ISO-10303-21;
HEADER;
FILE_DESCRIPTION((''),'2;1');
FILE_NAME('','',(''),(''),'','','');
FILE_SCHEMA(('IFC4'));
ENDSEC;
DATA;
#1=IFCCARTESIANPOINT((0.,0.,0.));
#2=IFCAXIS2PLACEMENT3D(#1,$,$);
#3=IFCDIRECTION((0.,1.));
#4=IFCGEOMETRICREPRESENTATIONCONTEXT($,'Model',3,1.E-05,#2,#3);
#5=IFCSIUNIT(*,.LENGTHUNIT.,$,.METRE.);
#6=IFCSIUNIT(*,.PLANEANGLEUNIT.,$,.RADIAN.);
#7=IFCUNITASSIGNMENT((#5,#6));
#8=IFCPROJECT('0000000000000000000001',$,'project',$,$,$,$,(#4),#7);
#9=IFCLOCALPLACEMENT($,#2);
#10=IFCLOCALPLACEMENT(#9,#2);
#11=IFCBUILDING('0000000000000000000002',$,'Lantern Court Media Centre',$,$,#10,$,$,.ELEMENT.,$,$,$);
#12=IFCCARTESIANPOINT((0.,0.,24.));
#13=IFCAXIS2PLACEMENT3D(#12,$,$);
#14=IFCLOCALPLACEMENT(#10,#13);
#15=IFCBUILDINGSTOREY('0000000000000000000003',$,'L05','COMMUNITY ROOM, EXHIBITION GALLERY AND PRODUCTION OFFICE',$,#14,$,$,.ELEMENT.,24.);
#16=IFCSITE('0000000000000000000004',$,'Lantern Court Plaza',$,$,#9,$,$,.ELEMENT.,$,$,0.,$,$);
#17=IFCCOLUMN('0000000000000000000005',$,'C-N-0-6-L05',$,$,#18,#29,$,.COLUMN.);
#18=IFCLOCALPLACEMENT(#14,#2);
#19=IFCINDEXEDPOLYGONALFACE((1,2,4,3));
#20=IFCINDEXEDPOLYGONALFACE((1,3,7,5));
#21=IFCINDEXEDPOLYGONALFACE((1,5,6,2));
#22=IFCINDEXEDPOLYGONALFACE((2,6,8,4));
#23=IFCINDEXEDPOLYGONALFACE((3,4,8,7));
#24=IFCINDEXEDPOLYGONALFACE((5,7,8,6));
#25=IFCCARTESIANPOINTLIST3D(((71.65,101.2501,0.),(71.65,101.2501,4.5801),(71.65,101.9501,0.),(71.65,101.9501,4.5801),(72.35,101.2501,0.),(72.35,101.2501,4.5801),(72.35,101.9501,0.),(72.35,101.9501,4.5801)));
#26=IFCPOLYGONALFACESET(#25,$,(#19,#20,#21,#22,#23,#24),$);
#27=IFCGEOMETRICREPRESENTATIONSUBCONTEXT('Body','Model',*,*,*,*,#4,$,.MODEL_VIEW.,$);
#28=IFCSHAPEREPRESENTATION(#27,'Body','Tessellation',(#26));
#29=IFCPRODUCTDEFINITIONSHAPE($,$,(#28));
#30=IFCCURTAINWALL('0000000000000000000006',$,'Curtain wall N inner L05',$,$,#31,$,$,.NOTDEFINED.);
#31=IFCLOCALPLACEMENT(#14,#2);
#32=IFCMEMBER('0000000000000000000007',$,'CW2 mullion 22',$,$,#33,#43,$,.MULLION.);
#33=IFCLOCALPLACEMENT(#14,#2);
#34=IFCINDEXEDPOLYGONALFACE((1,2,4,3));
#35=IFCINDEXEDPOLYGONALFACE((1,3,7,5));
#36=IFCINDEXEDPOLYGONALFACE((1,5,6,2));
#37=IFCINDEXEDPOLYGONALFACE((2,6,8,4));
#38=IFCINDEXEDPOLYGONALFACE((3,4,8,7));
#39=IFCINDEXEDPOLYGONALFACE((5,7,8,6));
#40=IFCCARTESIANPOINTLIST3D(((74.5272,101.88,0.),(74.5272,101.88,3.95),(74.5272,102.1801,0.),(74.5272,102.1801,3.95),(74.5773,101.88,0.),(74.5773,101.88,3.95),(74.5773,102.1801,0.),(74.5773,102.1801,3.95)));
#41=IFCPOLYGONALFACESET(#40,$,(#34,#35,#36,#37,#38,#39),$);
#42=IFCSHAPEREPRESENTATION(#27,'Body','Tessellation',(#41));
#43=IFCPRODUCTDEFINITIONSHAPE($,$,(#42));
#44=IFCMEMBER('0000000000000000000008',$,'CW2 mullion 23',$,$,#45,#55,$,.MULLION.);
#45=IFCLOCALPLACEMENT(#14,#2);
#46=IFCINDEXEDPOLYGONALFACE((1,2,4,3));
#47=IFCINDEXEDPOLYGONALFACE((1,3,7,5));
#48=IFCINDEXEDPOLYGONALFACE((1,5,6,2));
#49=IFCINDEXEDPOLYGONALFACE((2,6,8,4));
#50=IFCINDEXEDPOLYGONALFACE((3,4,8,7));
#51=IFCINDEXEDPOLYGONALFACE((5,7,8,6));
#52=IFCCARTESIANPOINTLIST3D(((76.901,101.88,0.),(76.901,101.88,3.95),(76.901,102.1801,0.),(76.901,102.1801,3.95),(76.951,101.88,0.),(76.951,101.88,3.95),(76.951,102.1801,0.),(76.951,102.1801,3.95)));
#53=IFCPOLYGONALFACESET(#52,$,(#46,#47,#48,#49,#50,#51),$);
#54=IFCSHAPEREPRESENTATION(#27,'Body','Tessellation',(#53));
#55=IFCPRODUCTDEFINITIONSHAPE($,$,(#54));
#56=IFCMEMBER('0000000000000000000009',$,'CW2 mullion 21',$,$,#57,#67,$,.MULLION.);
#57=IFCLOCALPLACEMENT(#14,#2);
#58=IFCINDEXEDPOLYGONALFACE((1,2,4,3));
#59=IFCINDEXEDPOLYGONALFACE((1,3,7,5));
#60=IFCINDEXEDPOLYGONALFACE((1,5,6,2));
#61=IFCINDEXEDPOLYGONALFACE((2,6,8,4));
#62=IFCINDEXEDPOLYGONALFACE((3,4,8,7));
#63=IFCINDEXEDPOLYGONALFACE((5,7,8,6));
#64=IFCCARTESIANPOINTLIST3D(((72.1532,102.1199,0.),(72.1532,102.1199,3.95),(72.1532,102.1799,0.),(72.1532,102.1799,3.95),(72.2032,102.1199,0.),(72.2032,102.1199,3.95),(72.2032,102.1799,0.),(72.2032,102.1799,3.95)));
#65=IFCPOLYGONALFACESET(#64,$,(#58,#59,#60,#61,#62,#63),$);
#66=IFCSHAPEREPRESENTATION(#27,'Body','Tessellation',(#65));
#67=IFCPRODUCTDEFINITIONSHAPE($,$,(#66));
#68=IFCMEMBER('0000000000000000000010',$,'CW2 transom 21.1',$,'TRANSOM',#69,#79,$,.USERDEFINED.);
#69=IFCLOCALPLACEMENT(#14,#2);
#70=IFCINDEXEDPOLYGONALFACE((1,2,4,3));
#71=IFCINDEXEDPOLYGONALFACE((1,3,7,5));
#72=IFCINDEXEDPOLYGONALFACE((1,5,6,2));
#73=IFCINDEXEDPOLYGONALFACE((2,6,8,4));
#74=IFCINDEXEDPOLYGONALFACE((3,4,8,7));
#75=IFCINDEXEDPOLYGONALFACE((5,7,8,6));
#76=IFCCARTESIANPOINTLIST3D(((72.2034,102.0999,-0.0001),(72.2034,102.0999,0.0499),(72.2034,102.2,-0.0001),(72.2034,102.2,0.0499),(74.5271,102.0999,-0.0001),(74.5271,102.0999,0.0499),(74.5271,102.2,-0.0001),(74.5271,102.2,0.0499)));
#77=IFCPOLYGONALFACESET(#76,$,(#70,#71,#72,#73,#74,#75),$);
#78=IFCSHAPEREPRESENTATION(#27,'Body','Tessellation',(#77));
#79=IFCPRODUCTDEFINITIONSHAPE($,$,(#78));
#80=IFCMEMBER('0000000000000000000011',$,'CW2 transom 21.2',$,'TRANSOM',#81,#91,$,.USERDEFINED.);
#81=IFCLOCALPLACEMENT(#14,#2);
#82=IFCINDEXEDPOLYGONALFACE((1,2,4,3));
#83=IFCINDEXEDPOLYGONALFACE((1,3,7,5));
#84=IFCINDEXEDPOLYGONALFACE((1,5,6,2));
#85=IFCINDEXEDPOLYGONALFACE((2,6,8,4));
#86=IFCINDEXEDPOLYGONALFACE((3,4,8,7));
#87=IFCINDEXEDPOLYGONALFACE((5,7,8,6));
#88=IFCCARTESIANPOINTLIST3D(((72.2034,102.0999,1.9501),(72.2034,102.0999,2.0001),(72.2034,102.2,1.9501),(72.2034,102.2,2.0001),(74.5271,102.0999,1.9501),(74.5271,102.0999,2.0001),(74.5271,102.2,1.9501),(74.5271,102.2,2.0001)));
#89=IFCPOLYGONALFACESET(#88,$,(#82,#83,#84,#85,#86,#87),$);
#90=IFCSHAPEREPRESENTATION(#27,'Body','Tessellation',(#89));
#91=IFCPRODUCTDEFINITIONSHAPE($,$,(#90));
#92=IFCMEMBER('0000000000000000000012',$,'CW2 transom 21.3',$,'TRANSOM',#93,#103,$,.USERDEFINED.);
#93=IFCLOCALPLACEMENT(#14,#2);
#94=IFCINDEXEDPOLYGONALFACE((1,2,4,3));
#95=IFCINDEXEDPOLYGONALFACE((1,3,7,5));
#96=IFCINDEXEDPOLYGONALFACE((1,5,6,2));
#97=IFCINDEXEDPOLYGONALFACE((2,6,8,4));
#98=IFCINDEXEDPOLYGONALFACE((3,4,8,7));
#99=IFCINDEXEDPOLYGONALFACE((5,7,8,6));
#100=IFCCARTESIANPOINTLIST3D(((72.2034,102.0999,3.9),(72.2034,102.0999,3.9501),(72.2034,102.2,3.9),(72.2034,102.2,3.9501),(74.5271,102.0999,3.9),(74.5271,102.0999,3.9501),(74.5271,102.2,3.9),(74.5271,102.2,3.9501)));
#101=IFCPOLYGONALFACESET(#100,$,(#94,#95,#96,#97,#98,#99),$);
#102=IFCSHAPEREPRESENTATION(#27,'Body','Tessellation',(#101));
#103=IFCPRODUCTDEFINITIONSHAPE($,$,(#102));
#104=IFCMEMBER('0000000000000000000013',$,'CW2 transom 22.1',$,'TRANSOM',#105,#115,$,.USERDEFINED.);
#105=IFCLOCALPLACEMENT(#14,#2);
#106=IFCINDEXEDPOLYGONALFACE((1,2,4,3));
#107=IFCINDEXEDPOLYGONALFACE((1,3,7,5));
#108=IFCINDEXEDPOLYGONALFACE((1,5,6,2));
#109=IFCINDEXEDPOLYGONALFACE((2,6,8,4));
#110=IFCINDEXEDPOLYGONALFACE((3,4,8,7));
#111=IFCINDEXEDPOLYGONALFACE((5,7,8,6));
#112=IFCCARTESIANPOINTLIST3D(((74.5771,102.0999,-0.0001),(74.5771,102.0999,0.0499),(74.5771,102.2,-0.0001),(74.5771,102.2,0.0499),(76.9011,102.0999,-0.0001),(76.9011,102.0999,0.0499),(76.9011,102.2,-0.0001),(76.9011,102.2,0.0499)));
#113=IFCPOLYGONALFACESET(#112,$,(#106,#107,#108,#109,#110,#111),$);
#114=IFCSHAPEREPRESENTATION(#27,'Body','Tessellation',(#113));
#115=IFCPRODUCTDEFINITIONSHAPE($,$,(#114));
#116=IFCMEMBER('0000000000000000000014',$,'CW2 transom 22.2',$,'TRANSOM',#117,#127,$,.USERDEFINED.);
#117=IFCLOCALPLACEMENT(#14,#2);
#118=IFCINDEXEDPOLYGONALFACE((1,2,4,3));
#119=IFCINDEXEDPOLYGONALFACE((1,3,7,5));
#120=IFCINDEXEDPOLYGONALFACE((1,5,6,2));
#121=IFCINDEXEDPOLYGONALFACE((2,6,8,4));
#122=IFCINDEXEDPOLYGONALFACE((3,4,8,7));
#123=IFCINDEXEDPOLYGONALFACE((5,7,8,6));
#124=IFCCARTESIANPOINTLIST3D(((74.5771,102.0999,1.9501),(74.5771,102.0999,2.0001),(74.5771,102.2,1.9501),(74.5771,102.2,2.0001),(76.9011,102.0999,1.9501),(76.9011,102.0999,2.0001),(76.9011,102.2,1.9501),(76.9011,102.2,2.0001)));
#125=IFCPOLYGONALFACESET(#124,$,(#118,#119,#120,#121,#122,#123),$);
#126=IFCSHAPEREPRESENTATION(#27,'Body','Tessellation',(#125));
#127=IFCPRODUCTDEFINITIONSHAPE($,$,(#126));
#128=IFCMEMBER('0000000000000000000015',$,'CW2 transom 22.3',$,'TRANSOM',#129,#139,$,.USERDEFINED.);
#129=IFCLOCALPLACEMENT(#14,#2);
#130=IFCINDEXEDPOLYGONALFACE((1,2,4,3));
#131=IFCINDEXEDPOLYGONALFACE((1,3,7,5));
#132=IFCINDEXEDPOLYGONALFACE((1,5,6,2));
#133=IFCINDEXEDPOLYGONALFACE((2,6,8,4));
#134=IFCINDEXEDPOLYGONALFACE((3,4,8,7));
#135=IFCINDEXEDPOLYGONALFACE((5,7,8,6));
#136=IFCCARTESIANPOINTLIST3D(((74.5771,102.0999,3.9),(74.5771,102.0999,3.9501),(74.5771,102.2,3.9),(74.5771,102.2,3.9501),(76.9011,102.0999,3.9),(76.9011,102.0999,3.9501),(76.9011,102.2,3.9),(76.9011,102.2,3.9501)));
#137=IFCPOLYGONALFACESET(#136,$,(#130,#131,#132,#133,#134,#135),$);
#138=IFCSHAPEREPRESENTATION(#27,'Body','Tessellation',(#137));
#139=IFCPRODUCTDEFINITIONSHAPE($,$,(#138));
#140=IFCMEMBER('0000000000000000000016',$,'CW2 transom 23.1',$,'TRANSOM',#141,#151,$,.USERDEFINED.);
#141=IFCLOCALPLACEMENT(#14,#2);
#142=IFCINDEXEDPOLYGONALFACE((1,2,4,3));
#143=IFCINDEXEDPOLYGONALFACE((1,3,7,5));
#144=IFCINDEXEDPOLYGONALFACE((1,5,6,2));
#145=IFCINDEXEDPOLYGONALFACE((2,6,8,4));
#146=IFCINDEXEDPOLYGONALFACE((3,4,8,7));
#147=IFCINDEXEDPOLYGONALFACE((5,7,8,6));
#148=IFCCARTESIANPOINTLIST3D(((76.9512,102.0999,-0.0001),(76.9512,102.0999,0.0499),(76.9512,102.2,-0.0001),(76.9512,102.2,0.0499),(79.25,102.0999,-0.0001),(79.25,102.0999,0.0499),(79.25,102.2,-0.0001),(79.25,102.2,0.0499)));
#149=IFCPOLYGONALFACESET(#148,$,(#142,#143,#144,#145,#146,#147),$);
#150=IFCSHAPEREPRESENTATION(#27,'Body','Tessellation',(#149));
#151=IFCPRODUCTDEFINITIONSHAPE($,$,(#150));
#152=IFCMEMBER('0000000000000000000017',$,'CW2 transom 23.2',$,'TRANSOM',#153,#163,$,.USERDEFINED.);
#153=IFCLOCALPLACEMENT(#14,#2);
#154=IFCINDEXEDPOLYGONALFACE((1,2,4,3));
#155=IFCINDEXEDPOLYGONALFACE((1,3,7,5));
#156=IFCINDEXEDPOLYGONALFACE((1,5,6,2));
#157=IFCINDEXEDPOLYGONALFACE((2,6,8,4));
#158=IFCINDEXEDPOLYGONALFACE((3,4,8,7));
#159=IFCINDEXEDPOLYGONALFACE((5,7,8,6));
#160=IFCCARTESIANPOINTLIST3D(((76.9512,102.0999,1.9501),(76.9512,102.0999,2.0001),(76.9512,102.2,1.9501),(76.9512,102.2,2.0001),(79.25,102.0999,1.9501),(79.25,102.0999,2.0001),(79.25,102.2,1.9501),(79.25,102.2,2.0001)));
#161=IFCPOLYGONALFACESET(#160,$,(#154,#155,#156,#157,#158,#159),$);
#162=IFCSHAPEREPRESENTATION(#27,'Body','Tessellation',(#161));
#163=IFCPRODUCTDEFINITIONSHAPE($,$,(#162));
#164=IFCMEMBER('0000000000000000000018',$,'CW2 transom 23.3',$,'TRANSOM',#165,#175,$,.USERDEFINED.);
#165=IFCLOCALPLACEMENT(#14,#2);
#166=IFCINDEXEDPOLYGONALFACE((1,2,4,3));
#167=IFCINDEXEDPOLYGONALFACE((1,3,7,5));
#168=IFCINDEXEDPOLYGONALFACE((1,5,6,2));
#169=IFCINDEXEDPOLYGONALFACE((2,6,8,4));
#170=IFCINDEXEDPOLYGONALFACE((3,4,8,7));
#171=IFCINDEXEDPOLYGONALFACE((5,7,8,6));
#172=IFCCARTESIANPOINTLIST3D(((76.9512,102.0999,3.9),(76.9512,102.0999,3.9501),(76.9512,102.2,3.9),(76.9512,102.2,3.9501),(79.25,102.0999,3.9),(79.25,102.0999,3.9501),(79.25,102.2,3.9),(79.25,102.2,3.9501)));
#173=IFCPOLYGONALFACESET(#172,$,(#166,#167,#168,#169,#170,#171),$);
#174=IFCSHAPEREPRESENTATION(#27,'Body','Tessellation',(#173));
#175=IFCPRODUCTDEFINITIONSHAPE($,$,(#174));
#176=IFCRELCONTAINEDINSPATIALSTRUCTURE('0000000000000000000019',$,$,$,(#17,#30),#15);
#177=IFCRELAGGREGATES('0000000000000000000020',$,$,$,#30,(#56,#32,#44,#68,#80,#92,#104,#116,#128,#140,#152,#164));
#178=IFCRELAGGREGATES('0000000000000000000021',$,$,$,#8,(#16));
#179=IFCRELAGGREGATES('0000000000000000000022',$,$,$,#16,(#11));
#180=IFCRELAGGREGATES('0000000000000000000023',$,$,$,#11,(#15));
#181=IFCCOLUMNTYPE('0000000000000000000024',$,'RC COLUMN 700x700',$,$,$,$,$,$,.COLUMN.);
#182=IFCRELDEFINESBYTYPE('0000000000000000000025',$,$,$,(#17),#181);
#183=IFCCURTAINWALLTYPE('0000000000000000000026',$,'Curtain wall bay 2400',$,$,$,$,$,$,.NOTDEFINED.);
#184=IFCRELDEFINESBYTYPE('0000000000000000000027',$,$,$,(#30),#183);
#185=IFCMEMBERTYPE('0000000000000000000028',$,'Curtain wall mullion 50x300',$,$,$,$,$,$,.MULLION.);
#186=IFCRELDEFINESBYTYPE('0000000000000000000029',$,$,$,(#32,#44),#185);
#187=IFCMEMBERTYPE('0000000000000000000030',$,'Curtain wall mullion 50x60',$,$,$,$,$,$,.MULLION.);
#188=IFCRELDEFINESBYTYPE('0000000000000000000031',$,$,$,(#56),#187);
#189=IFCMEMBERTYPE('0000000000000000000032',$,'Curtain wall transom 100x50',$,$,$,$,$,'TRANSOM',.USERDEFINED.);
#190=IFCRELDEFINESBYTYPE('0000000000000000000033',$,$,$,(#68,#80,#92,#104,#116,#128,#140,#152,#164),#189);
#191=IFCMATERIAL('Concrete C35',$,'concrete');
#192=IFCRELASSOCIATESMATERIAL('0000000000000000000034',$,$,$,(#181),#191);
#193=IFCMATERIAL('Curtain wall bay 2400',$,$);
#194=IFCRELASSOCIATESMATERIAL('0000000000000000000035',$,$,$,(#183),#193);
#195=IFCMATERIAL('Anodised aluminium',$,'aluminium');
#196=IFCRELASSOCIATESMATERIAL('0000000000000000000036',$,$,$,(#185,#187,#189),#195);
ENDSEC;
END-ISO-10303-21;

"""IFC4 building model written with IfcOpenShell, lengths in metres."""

from ifc_helpers import new_model, si_unit, direction, frame, origin, origin_2d, place, context, subcontext, project, spatial, rectangle, extrude, material, material_profile, profile_set, type_object, element, aggregate, save


model = new_model("IFC4")

# Units and contexts
model_context = context("Model", 3, precision=1e-05, world=origin(), true_north=direction((0.0, 1.0)))
body_context = subcontext(model_context, "Body", "Model", "MODEL_VIEW")
ifc_project = project(units=[si_unit("LENGTHUNIT", "METRE"), si_unit("PLANEANGLEUNIT", "RADIAN")], contexts=[model_context])

# Site, building, storey
site_placement = place(None, origin())
site = spatial("IfcSite", under=ifc_project, at=site_placement, Name="Lantern Court Plaza", CompositionType="ELEMENT", RefElevation=0.0)
building_placement = place(site_placement, origin())
building = spatial("IfcBuilding", under=site, at=building_placement, Name="Lantern Court Media Centre", CompositionType="ELEMENT")
storey_placement = place(building_placement, frame((0.0, 0.0, 24.0)))
storey = spatial("IfcBuildingStorey", under=building, at=storey_placement, Name="L05", Description="COMMUNITY ROOM, EXHIBITION GALLERY AND PRODUCTION OFFICE", CompositionType="ELEMENT", Elevation=24.0)

# Column
ifc_material_1 = material(Name="Concrete C35", Category="concrete")
ifc_material_profile_1 = material_profile(ifc_material_1, rectangle(XDim=0.7, YDim=0.7, at=origin_2d()), Name="RC 700x700")
ifc_profile_set_1 = profile_set([ifc_material_profile_1], Name="Concrete C35")
column_type = type_object("IfcColumnType", Name="RC COLUMN 700x700", PredefinedType="COLUMN", material=ifc_profile_set_1)
column_placement = place(storey_placement, frame((72.0, 101.6001, 0.0), z_axis=(0.0, 0.0, 1.0), x_axis=(1.0, 0.0, 0.0)))
element("IfcColumn", 1, at=column_placement, inside=storey, type_object=column_type, Name="C-N-0-6-L05", PredefinedType="COLUMN", context=body_context, shape_type="SweptSolid", body=[
    extrude(rectangle(XDim=0.7, YDim=0.7, at=origin_2d()), origin(), (0.0, 0.0, 1.0), 4.5801),
])

# Curtain wall, members
ifc_material_2 = material(Name="Curtain wall bay 2400")
curtain_wall_type = type_object("IfcCurtainWallType", Name="Curtain wall bay 2400", PredefinedType="NOTDEFINED", material=ifc_material_2)
curtain_wall_placement = place(storey_placement, origin())
curtain_wall = element("IfcCurtainWall", 2, at=curtain_wall_placement, inside=storey, type_object=curtain_wall_type, Name="Curtain wall N inner L05", PredefinedType="NOTDEFINED")
ifc_material_3 = material(Name="Anodised aluminium", Category="aluminium")
ifc_material_profile_2 = material_profile(ifc_material_3, rectangle(XDim=0.3, YDim=0.05, at=origin_2d()), Name="AL 50x300")
ifc_profile_set_2 = profile_set([ifc_material_profile_2], Name="Anodised aluminium")
member_type_1 = type_object("IfcMemberType", Name="Curtain wall mullion 50x300", PredefinedType="MULLION", material=ifc_profile_set_2)
member_1_placement = place(storey_placement, frame((74.5522, 102.03, 0.0), z_axis=(0.0, 0.0, 1.0), x_axis=(0.0, 1.0, 0.0)))
member_1 = element("IfcMember", 3, at=member_1_placement, type_object=member_type_1, Name="CW2 mullion 22", PredefinedType="MULLION", context=body_context, shape_type="SweptSolid", body=[
    extrude(rectangle(XDim=0.3, YDim=0.05, at=origin_2d()), origin(), (0.0, 0.0, 1.0), 3.95),
])
member_2_placement = place(storey_placement, frame((76.926, 102.03, 0.0), z_axis=(0.0, 0.0, 1.0), x_axis=(0.0, 1.0, 0.0)))
member_2 = element("IfcMember", 4, at=member_2_placement, type_object=member_type_1, Name="CW2 mullion 23", PredefinedType="MULLION", context=body_context, shape_type="SweptSolid", body=[
    extrude(rectangle(XDim=0.3, YDim=0.05, at=origin_2d()), origin(), (0.0, 0.0, 1.0), 3.95),
])
ifc_material_profile_3 = material_profile(ifc_material_3, rectangle(XDim=0.0601, YDim=0.05, at=origin_2d()), Name="AL 50x60")
ifc_profile_set_3 = profile_set([ifc_material_profile_3], Name="Anodised aluminium")
member_type_2 = type_object("IfcMemberType", Name="Curtain wall mullion 50x60", PredefinedType="MULLION", material=ifc_profile_set_3)
member_3_placement = place(storey_placement, frame((72.1782, 102.1499, 0.0), z_axis=(0.0, 0.0, 1.0), x_axis=(0.0, 1.0, 0.0)))
member_3 = element("IfcMember", 5, at=member_3_placement, type_object=member_type_2, Name="CW2 mullion 21", PredefinedType="MULLION", context=body_context, shape_type="SweptSolid", body=[
    extrude(rectangle(XDim=0.0601, YDim=0.05, at=origin_2d()), origin(), (0.0, 0.0, 1.0), 3.95),
])
ifc_material_profile_4 = material_profile(ifc_material_3, rectangle(XDim=0.1001, YDim=0.05, at=origin_2d()), Name="AL 50x100")
ifc_profile_set_4 = profile_set([ifc_material_profile_4], Name="Anodised aluminium")
member_type_3 = type_object("IfcMemberType", Name="Curtain wall transom 100x50", ElementType="TRANSOM", PredefinedType="USERDEFINED", material=ifc_profile_set_4)
member_4_placement = place(storey_placement, frame((72.2034, 102.1499, 0.0249), z_axis=(1.0, 0.0, 0.0), x_axis=(0.0, 1.0, 0.0)))
member_4 = element("IfcMember", 6, at=member_4_placement, type_object=member_type_3, Name="CW2 transom 21.1", ObjectType="TRANSOM", PredefinedType="USERDEFINED", context=body_context, shape_type="SweptSolid", body=[
    extrude(rectangle(XDim=0.1001, YDim=0.05, at=origin_2d()), origin(), (0.0, 0.0, 1.0), 2.3237),
])
member_5_placement = place(storey_placement, frame((72.2034, 102.1499, 1.9751), z_axis=(1.0, 0.0, 0.0), x_axis=(0.0, 1.0, 0.0)))
member_5 = element("IfcMember", 7, at=member_5_placement, type_object=member_type_3, Name="CW2 transom 21.2", ObjectType="TRANSOM", PredefinedType="USERDEFINED", context=body_context, shape_type="SweptSolid", body=[
    extrude(rectangle(XDim=0.1001, YDim=0.05, at=origin_2d()), origin(), (0.0, 0.0, 1.0), 2.3237),
])
member_6_placement = place(storey_placement, frame((72.2034, 102.1499, 3.925), z_axis=(1.0, 0.0, 0.0), x_axis=(0.0, 1.0, 0.0)))
member_6 = element("IfcMember", 8, at=member_6_placement, type_object=member_type_3, Name="CW2 transom 21.3", ObjectType="TRANSOM", PredefinedType="USERDEFINED", context=body_context, shape_type="SweptSolid", body=[
    extrude(rectangle(XDim=0.1001, YDim=0.05, at=origin_2d()), origin(), (0.0, 0.0, 1.0), 2.3237),
])
member_7_placement = place(storey_placement, frame((74.5771, 102.1499, 0.0249), z_axis=(1.0, 0.0, 0.0), x_axis=(0.0, 1.0, 0.0)))
member_7 = element("IfcMember", 9, at=member_7_placement, type_object=member_type_3, Name="CW2 transom 22.1", ObjectType="TRANSOM", PredefinedType="USERDEFINED", context=body_context, shape_type="SweptSolid", body=[
    extrude(rectangle(XDim=0.1001, YDim=0.05, at=origin_2d()), origin(), (0.0, 0.0, 1.0), 2.324),
])
member_8_placement = place(storey_placement, frame((74.5771, 102.1499, 1.9751), z_axis=(1.0, 0.0, 0.0), x_axis=(0.0, 1.0, 0.0)))
member_8 = element("IfcMember", 10, at=member_8_placement, type_object=member_type_3, Name="CW2 transom 22.2", ObjectType="TRANSOM", PredefinedType="USERDEFINED", context=body_context, shape_type="SweptSolid", body=[
    extrude(rectangle(XDim=0.1001, YDim=0.05, at=origin_2d()), origin(), (0.0, 0.0, 1.0), 2.324),
])
member_9_placement = place(storey_placement, frame((74.5771, 102.1499, 3.925), z_axis=(1.0, 0.0, 0.0), x_axis=(0.0, 1.0, 0.0)))
member_9 = element("IfcMember", 11, at=member_9_placement, type_object=member_type_3, Name="CW2 transom 22.3", ObjectType="TRANSOM", PredefinedType="USERDEFINED", context=body_context, shape_type="SweptSolid", body=[
    extrude(rectangle(XDim=0.1001, YDim=0.05, at=origin_2d()), origin(), (0.0, 0.0, 1.0), 2.324),
])
member_10_placement = place(storey_placement, frame((76.9512, 102.1499, 0.0249), z_axis=(1.0, 0.0, 0.0), x_axis=(0.0, 1.0, 0.0)))
member_10 = element("IfcMember", 12, at=member_10_placement, type_object=member_type_3, Name="CW2 transom 23.1", ObjectType="TRANSOM", PredefinedType="USERDEFINED", context=body_context, shape_type="SweptSolid", body=[
    extrude(rectangle(XDim=0.1001, YDim=0.05, at=origin_2d()), origin(), (0.0, 0.0, 1.0), 2.2988),
])
member_11_placement = place(storey_placement, frame((76.9512, 102.1499, 1.9751), z_axis=(1.0, 0.0, 0.0), x_axis=(0.0, 1.0, 0.0)))
member_11 = element("IfcMember", 13, at=member_11_placement, type_object=member_type_3, Name="CW2 transom 23.2", ObjectType="TRANSOM", PredefinedType="USERDEFINED", context=body_context, shape_type="SweptSolid", body=[
    extrude(rectangle(XDim=0.1001, YDim=0.05, at=origin_2d()), origin(), (0.0, 0.0, 1.0), 2.2988),
])
member_12_placement = place(storey_placement, frame((76.9512, 102.1499, 3.925), z_axis=(1.0, 0.0, 0.0), x_axis=(0.0, 1.0, 0.0)))
member_12 = element("IfcMember", 14, at=member_12_placement, type_object=member_type_3, Name="CW2 transom 23.3", ObjectType="TRANSOM", PredefinedType="USERDEFINED", context=body_context, shape_type="SweptSolid", body=[
    extrude(rectangle(XDim=0.1001, YDim=0.05, at=origin_2d()), origin(), (0.0, 0.0, 1.0), 2.2988),
])

aggregate(curtain_wall, [member_3, member_1, member_2, member_4, member_5, member_6, member_7, member_8, member_9, member_10, member_11, member_12])

save(model, "model.ifc")
